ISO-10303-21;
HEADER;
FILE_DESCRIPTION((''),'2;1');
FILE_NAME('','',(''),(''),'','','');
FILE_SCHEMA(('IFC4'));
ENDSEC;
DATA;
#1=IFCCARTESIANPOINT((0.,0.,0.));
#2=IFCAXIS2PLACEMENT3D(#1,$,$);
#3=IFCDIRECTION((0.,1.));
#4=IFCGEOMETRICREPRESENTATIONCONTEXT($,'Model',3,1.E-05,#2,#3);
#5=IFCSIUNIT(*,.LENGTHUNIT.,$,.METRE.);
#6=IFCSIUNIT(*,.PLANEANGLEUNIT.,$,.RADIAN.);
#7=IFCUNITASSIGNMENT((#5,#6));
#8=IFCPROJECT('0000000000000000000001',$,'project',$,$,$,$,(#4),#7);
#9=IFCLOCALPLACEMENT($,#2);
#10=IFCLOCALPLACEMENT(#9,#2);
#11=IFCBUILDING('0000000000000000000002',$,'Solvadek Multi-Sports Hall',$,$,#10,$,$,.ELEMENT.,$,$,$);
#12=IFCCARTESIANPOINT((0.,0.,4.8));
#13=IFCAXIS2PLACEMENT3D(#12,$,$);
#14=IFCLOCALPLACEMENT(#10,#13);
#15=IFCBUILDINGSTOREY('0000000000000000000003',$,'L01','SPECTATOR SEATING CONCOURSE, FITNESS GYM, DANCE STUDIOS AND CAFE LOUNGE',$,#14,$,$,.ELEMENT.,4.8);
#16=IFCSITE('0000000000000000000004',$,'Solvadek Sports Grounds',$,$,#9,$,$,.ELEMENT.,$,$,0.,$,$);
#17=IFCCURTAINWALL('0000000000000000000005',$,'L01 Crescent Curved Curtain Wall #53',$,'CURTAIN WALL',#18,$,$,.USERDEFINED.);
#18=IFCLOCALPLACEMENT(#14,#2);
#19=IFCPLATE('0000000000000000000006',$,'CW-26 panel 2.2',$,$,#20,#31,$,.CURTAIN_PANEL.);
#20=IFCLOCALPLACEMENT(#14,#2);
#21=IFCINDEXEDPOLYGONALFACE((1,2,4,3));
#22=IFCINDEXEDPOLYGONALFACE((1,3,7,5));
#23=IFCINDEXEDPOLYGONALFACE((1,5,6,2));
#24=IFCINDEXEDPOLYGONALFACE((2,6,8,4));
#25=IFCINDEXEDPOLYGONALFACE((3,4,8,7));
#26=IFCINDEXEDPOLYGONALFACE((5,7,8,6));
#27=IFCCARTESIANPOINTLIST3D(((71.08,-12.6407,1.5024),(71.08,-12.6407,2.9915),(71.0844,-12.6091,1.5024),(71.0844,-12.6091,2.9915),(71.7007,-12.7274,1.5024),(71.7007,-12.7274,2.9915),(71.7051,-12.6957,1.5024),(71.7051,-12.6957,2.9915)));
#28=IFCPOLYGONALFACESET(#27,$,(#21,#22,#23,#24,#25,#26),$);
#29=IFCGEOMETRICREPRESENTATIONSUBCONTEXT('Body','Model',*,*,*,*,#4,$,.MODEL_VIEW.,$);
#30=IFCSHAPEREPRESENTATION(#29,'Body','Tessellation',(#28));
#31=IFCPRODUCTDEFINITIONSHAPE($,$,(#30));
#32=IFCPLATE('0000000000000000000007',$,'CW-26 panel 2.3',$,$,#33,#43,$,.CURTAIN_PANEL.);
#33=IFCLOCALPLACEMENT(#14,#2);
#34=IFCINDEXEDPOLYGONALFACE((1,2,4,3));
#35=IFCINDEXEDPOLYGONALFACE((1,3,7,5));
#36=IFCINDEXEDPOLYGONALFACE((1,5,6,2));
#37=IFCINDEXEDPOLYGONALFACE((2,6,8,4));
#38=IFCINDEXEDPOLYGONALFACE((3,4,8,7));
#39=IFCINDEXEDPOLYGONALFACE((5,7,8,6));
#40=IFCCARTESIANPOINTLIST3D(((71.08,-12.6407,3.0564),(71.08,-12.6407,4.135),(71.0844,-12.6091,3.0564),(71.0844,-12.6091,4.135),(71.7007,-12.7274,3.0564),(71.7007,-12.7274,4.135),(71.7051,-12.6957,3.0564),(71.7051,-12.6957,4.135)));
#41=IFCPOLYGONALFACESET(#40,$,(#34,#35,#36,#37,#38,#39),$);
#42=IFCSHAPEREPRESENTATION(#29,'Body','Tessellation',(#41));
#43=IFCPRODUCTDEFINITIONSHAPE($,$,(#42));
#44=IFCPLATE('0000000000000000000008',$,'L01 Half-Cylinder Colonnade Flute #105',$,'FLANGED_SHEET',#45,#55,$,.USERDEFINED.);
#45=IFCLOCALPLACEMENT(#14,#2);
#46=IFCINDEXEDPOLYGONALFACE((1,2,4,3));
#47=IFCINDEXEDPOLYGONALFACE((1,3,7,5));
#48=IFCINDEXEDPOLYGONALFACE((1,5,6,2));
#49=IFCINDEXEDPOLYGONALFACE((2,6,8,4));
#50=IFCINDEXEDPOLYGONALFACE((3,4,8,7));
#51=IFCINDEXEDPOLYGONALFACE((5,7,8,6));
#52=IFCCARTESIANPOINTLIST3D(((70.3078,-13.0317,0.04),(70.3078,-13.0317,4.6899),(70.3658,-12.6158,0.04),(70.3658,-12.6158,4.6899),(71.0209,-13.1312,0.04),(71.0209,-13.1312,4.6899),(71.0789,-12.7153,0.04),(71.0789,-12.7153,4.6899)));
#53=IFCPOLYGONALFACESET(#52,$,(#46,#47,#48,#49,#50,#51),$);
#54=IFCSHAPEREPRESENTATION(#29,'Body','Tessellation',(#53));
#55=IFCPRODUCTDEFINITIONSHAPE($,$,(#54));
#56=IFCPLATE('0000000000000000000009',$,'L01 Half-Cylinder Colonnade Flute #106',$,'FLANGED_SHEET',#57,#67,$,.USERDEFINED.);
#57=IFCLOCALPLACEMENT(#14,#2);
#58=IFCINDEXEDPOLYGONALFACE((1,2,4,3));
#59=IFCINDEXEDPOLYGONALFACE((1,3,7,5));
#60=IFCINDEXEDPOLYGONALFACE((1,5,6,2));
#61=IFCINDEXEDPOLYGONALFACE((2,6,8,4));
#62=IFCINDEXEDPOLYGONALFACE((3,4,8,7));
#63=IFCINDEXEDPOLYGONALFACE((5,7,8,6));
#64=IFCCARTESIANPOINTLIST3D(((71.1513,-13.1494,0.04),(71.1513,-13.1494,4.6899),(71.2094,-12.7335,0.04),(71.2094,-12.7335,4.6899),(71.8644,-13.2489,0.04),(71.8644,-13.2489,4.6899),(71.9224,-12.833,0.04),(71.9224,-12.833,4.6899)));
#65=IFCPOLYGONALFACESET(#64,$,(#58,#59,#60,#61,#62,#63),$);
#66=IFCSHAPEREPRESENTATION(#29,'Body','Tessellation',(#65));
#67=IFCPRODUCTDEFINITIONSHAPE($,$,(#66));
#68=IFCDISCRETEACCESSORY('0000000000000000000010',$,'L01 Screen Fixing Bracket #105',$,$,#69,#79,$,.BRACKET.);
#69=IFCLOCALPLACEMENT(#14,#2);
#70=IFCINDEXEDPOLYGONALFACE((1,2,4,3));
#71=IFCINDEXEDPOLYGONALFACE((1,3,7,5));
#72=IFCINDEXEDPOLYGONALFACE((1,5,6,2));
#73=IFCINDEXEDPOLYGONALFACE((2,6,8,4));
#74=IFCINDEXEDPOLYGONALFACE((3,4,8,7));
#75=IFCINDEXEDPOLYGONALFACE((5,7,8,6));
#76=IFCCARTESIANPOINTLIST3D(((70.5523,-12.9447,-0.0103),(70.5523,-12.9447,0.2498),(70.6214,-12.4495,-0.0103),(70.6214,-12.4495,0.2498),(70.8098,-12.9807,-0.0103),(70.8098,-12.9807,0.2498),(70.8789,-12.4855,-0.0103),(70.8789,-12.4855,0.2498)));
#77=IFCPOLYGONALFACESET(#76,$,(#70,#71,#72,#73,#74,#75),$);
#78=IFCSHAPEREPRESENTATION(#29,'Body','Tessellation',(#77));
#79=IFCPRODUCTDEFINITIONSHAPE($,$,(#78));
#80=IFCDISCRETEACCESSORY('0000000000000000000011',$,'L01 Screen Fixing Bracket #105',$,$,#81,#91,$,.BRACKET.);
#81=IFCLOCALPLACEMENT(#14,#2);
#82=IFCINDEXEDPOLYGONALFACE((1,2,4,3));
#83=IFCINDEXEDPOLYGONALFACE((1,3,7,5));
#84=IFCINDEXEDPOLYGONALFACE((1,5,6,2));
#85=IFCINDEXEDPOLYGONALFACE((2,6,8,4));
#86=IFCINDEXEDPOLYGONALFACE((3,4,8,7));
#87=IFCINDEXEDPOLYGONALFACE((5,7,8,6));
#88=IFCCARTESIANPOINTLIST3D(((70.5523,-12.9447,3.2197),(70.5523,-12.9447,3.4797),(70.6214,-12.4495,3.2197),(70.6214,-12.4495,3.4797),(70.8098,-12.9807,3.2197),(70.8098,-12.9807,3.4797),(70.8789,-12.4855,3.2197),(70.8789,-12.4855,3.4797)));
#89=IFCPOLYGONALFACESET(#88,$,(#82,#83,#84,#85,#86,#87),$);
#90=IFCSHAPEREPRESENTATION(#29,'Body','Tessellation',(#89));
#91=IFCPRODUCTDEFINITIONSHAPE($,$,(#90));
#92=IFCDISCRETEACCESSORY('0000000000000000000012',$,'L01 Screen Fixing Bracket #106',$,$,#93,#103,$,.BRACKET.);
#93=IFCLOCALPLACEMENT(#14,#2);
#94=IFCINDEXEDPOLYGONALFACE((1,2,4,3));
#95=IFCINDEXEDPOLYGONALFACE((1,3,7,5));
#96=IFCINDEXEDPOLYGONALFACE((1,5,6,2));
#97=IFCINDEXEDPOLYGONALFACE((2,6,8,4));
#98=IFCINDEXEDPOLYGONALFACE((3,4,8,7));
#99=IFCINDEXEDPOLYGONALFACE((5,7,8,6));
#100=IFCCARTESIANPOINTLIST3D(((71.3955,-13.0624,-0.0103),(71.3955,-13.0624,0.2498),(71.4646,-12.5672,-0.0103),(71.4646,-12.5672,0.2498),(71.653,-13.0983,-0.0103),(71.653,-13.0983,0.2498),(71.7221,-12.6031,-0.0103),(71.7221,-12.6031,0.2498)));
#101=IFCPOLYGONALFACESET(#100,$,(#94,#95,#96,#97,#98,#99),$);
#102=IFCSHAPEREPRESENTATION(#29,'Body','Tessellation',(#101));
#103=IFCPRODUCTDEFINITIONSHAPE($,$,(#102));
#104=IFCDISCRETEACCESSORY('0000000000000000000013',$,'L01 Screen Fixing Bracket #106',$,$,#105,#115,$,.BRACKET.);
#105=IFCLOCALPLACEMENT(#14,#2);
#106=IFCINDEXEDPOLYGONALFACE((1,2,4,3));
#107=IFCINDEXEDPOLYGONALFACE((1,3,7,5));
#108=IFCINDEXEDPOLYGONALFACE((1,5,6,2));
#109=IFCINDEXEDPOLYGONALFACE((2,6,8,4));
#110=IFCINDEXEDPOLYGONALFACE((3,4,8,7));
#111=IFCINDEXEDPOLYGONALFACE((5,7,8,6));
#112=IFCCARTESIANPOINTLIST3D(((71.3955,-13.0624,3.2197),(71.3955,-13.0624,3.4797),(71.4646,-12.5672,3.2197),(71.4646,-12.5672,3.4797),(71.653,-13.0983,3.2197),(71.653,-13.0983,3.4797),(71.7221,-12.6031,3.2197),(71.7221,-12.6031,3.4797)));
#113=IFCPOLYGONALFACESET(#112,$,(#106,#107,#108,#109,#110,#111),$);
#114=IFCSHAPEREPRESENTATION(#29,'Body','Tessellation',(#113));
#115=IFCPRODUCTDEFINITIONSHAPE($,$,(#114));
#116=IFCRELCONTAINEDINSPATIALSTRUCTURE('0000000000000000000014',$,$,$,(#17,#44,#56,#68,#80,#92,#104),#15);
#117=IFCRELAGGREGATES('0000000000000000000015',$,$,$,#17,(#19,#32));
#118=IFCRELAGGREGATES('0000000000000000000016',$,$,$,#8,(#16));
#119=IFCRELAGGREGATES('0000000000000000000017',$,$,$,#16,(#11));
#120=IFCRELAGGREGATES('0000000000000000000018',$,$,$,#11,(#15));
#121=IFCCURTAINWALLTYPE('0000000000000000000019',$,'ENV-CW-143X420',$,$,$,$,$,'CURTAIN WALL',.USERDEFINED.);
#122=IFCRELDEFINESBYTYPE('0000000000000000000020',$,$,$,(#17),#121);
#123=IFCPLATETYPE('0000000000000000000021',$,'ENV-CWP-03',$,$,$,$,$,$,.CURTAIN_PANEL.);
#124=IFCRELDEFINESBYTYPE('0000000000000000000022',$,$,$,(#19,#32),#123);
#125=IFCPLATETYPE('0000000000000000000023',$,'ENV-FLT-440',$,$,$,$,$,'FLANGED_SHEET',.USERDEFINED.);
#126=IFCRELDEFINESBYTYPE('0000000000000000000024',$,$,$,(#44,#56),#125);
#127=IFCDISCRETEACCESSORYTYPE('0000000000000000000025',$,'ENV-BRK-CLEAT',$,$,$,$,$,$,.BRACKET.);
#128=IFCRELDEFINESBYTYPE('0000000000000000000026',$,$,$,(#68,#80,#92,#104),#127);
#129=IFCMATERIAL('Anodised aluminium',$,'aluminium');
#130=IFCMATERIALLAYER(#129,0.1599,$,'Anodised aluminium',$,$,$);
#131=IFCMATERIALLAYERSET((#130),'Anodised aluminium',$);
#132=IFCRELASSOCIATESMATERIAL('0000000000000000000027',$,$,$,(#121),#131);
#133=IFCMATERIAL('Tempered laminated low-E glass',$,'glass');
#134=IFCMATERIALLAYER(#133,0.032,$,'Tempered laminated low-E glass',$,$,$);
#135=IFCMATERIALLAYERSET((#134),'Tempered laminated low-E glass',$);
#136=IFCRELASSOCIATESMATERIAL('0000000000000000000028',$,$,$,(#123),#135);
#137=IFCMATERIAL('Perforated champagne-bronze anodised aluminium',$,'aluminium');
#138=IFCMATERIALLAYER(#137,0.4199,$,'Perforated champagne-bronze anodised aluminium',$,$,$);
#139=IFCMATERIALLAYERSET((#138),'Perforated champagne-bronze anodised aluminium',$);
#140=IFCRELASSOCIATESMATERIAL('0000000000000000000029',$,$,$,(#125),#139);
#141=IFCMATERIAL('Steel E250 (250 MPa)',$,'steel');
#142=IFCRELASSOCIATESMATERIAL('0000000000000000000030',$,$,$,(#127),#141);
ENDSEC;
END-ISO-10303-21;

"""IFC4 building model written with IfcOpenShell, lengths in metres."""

from ifc_helpers import new_model, si_unit, direction, frame, origin, origin_2d, place, context, subcontext, project, spatial, rectangle, extrude, material, layer, layer_set, type_object, element, aggregate, save


model = new_model("IFC4")

# Units and contexts
model_context = context("Model", 3, precision=1e-05, world=origin(), true_north=direction((0.0, 1.0)))
body_context = subcontext(model_context, "Body", "Model", "MODEL_VIEW")
ifc_project = project(units=[si_unit("LENGTHUNIT", "METRE"), si_unit("PLANEANGLEUNIT", "RADIAN")], contexts=[model_context])

# Site, building, storey
site_placement = place(None, origin())
site = spatial("IfcSite", under=ifc_project, at=site_placement, Name="Solvadek Sports Grounds", CompositionType="ELEMENT", RefElevation=0.0)
building_placement = place(site_placement, origin())
building = spatial("IfcBuilding", under=site, at=building_placement, Name="Solvadek Multi-Sports Hall", CompositionType="ELEMENT")
storey_placement = place(building_placement, frame((0.0, 0.0, 4.8)))
storey = spatial("IfcBuildingStorey", under=building, at=storey_placement, Name="L01", Description="SPECTATOR SEATING CONCOURSE, FITNESS GYM, DANCE STUDIOS AND CAFE LOUNGE", CompositionType="ELEMENT", Elevation=4.8)

# Curtain wall
ifc_material_1 = material(Name="Anodised aluminium", Category="aluminium")
ifc_layer_1 = layer(ifc_material_1, 0.1599, Name="Anodised aluminium")
ifc_layer_set_1 = layer_set([ifc_layer_1], Name="Anodised aluminium")
curtain_wall_type_1 = type_object("IfcCurtainWallType", Name="ENV-CW-143X420", ElementType="CURTAIN WALL", PredefinedType="USERDEFINED", material=ifc_layer_set_1)
curtain_wall_1_placement = place(storey_placement, origin())
curtain_wall_1 = element("IfcCurtainWall", 1, at=curtain_wall_1_placement, inside=storey, type_object=curtain_wall_type_1, Name="L01 Crescent Curved Curtain Wall #53", ObjectType="CURTAIN WALL", PredefinedType="USERDEFINED")

# Plates
ifc_material_2 = material(Name="Tempered laminated low-E glass", Category="glass")
ifc_layer_2 = layer(ifc_material_2, 0.032, Name="Tempered laminated low-E glass")
ifc_layer_set_2 = layer_set([ifc_layer_2], Name="Tempered laminated low-E glass")
plate_type_1 = type_object("IfcPlateType", Name="ENV-CWP-03", PredefinedType="CURTAIN_PANEL", material=ifc_layer_set_2)
plate_1_placement = place(storey_placement, frame((71.3926, -12.6682, 1.5024), z_axis=(0.0, 0.0, 1.0), x_axis=(0.990402, -0.138217, 0.0)))
plate_1 = element("IfcPlate", 2, at=plate_1_placement, type_object=plate_type_1, Name="CW-26 panel 2.2", PredefinedType="CURTAIN_PANEL", context=body_context, shape_type="SweptSolid", body=[
    extrude(rectangle(XDim=0.6267, YDim=0.032, at=origin_2d()), origin(), (0.0, 0.0, 1.0), 1.489),
])
plate_2_placement = place(storey_placement, frame((71.3926, -12.6682, 3.0564), z_axis=(0.0, 0.0, 1.0), x_axis=(0.990402, -0.138217, 0.0)))
plate_2 = element("IfcPlate", 3, at=plate_2_placement, type_object=plate_type_1, Name="CW-26 panel 2.3", PredefinedType="CURTAIN_PANEL", context=body_context, shape_type="SweptSolid", body=[
    extrude(rectangle(XDim=0.6267, YDim=0.032, at=origin_2d()), origin(), (0.0, 0.0, 1.0), 1.0786),
])
aggregate(curtain_wall_1, [plate_1, plate_2])

# Plates
ifc_material_3 = material(Name="Perforated champagne-bronze anodised aluminium", Category="aluminium")
ifc_layer_3 = layer(ifc_material_3, 0.4199, Name="Perforated champagne-bronze anodised aluminium")
ifc_layer_set_3 = layer_set([ifc_layer_3], Name="Perforated champagne-bronze anodised aluminium")
plate_type_2 = type_object("IfcPlateType", Name="ENV-FLT-440", ElementType="FLANGED_SHEET", PredefinedType="USERDEFINED", material=ifc_layer_set_3)
for number, where, z_axis, x_axis, name in (
    (4, (70.6934, -12.8735, 0.04), (0.0, 0.0, 1.0), (0.990403, -0.138207, 0.0), "L01 Half-Cylinder Colonnade Flute #105"),
    (5, (71.5369, -12.9912, 0.04), (0.0, 0.0, 1.0), (0.990403, -0.138207, 0.0), "L01 Half-Cylinder Colonnade Flute #106"),
):
    element("IfcPlate", number, at=place(storey_placement, frame(where, z_axis=z_axis, x_axis=x_axis)), inside=storey, type_object=plate_type_2, Name=name, ObjectType="FLANGED_SHEET", PredefinedType="USERDEFINED", context=body_context, shape_type="SweptSolid", body=[
        extrude(rectangle(XDim=0.72, YDim=0.4199, at=origin_2d()), origin(), (0.0, 0.0, 1.0), 4.6499),
    ])

# Discrete accessories
ifc_material_4 = material(Name="Steel E250 (250 MPa)", Category="steel")
discrete_accessory_type = type_object("IfcDiscreteAccessoryType", Name="ENV-BRK-CLEAT", PredefinedType="BRACKET", material=ifc_material_4)
for number, where, z_axis, x_axis, name in (
    (6, (70.7156, -12.7151, -0.0103), (0.0, 0.0, 1.0), (0.990403, -0.138207, 0.0), "L01 Screen Fixing Bracket #105"),
    (7, (70.7156, -12.7151, 3.2197), (0.0, 0.0, 1.0), (0.990403, -0.138207, 0.0), "L01 Screen Fixing Bracket #105"),
    (8, (71.5588, -12.8328, -0.0103), (0.0, 0.0, 1.0), (0.990403, -0.138207, 0.0), "L01 Screen Fixing Bracket #106"),
    (9, (71.5588, -12.8328, 3.2197), (0.0, 0.0, 1.0), (0.990403, -0.138207, 0.0), "L01 Screen Fixing Bracket #106"),
):
    element("IfcDiscreteAccessory", number, at=place(storey_placement, frame(where, z_axis=z_axis, x_axis=x_axis)), inside=storey, type_object=discrete_accessory_type, Name=name, PredefinedType="BRACKET", context=body_context, shape_type="SweptSolid", body=[
        extrude(rectangle(XDim=0.26, YDim=0.5, at=origin_2d()), origin(), (0.0, 0.0, 1.0), 0.26),
    ])

save(model, "model.ifc")
